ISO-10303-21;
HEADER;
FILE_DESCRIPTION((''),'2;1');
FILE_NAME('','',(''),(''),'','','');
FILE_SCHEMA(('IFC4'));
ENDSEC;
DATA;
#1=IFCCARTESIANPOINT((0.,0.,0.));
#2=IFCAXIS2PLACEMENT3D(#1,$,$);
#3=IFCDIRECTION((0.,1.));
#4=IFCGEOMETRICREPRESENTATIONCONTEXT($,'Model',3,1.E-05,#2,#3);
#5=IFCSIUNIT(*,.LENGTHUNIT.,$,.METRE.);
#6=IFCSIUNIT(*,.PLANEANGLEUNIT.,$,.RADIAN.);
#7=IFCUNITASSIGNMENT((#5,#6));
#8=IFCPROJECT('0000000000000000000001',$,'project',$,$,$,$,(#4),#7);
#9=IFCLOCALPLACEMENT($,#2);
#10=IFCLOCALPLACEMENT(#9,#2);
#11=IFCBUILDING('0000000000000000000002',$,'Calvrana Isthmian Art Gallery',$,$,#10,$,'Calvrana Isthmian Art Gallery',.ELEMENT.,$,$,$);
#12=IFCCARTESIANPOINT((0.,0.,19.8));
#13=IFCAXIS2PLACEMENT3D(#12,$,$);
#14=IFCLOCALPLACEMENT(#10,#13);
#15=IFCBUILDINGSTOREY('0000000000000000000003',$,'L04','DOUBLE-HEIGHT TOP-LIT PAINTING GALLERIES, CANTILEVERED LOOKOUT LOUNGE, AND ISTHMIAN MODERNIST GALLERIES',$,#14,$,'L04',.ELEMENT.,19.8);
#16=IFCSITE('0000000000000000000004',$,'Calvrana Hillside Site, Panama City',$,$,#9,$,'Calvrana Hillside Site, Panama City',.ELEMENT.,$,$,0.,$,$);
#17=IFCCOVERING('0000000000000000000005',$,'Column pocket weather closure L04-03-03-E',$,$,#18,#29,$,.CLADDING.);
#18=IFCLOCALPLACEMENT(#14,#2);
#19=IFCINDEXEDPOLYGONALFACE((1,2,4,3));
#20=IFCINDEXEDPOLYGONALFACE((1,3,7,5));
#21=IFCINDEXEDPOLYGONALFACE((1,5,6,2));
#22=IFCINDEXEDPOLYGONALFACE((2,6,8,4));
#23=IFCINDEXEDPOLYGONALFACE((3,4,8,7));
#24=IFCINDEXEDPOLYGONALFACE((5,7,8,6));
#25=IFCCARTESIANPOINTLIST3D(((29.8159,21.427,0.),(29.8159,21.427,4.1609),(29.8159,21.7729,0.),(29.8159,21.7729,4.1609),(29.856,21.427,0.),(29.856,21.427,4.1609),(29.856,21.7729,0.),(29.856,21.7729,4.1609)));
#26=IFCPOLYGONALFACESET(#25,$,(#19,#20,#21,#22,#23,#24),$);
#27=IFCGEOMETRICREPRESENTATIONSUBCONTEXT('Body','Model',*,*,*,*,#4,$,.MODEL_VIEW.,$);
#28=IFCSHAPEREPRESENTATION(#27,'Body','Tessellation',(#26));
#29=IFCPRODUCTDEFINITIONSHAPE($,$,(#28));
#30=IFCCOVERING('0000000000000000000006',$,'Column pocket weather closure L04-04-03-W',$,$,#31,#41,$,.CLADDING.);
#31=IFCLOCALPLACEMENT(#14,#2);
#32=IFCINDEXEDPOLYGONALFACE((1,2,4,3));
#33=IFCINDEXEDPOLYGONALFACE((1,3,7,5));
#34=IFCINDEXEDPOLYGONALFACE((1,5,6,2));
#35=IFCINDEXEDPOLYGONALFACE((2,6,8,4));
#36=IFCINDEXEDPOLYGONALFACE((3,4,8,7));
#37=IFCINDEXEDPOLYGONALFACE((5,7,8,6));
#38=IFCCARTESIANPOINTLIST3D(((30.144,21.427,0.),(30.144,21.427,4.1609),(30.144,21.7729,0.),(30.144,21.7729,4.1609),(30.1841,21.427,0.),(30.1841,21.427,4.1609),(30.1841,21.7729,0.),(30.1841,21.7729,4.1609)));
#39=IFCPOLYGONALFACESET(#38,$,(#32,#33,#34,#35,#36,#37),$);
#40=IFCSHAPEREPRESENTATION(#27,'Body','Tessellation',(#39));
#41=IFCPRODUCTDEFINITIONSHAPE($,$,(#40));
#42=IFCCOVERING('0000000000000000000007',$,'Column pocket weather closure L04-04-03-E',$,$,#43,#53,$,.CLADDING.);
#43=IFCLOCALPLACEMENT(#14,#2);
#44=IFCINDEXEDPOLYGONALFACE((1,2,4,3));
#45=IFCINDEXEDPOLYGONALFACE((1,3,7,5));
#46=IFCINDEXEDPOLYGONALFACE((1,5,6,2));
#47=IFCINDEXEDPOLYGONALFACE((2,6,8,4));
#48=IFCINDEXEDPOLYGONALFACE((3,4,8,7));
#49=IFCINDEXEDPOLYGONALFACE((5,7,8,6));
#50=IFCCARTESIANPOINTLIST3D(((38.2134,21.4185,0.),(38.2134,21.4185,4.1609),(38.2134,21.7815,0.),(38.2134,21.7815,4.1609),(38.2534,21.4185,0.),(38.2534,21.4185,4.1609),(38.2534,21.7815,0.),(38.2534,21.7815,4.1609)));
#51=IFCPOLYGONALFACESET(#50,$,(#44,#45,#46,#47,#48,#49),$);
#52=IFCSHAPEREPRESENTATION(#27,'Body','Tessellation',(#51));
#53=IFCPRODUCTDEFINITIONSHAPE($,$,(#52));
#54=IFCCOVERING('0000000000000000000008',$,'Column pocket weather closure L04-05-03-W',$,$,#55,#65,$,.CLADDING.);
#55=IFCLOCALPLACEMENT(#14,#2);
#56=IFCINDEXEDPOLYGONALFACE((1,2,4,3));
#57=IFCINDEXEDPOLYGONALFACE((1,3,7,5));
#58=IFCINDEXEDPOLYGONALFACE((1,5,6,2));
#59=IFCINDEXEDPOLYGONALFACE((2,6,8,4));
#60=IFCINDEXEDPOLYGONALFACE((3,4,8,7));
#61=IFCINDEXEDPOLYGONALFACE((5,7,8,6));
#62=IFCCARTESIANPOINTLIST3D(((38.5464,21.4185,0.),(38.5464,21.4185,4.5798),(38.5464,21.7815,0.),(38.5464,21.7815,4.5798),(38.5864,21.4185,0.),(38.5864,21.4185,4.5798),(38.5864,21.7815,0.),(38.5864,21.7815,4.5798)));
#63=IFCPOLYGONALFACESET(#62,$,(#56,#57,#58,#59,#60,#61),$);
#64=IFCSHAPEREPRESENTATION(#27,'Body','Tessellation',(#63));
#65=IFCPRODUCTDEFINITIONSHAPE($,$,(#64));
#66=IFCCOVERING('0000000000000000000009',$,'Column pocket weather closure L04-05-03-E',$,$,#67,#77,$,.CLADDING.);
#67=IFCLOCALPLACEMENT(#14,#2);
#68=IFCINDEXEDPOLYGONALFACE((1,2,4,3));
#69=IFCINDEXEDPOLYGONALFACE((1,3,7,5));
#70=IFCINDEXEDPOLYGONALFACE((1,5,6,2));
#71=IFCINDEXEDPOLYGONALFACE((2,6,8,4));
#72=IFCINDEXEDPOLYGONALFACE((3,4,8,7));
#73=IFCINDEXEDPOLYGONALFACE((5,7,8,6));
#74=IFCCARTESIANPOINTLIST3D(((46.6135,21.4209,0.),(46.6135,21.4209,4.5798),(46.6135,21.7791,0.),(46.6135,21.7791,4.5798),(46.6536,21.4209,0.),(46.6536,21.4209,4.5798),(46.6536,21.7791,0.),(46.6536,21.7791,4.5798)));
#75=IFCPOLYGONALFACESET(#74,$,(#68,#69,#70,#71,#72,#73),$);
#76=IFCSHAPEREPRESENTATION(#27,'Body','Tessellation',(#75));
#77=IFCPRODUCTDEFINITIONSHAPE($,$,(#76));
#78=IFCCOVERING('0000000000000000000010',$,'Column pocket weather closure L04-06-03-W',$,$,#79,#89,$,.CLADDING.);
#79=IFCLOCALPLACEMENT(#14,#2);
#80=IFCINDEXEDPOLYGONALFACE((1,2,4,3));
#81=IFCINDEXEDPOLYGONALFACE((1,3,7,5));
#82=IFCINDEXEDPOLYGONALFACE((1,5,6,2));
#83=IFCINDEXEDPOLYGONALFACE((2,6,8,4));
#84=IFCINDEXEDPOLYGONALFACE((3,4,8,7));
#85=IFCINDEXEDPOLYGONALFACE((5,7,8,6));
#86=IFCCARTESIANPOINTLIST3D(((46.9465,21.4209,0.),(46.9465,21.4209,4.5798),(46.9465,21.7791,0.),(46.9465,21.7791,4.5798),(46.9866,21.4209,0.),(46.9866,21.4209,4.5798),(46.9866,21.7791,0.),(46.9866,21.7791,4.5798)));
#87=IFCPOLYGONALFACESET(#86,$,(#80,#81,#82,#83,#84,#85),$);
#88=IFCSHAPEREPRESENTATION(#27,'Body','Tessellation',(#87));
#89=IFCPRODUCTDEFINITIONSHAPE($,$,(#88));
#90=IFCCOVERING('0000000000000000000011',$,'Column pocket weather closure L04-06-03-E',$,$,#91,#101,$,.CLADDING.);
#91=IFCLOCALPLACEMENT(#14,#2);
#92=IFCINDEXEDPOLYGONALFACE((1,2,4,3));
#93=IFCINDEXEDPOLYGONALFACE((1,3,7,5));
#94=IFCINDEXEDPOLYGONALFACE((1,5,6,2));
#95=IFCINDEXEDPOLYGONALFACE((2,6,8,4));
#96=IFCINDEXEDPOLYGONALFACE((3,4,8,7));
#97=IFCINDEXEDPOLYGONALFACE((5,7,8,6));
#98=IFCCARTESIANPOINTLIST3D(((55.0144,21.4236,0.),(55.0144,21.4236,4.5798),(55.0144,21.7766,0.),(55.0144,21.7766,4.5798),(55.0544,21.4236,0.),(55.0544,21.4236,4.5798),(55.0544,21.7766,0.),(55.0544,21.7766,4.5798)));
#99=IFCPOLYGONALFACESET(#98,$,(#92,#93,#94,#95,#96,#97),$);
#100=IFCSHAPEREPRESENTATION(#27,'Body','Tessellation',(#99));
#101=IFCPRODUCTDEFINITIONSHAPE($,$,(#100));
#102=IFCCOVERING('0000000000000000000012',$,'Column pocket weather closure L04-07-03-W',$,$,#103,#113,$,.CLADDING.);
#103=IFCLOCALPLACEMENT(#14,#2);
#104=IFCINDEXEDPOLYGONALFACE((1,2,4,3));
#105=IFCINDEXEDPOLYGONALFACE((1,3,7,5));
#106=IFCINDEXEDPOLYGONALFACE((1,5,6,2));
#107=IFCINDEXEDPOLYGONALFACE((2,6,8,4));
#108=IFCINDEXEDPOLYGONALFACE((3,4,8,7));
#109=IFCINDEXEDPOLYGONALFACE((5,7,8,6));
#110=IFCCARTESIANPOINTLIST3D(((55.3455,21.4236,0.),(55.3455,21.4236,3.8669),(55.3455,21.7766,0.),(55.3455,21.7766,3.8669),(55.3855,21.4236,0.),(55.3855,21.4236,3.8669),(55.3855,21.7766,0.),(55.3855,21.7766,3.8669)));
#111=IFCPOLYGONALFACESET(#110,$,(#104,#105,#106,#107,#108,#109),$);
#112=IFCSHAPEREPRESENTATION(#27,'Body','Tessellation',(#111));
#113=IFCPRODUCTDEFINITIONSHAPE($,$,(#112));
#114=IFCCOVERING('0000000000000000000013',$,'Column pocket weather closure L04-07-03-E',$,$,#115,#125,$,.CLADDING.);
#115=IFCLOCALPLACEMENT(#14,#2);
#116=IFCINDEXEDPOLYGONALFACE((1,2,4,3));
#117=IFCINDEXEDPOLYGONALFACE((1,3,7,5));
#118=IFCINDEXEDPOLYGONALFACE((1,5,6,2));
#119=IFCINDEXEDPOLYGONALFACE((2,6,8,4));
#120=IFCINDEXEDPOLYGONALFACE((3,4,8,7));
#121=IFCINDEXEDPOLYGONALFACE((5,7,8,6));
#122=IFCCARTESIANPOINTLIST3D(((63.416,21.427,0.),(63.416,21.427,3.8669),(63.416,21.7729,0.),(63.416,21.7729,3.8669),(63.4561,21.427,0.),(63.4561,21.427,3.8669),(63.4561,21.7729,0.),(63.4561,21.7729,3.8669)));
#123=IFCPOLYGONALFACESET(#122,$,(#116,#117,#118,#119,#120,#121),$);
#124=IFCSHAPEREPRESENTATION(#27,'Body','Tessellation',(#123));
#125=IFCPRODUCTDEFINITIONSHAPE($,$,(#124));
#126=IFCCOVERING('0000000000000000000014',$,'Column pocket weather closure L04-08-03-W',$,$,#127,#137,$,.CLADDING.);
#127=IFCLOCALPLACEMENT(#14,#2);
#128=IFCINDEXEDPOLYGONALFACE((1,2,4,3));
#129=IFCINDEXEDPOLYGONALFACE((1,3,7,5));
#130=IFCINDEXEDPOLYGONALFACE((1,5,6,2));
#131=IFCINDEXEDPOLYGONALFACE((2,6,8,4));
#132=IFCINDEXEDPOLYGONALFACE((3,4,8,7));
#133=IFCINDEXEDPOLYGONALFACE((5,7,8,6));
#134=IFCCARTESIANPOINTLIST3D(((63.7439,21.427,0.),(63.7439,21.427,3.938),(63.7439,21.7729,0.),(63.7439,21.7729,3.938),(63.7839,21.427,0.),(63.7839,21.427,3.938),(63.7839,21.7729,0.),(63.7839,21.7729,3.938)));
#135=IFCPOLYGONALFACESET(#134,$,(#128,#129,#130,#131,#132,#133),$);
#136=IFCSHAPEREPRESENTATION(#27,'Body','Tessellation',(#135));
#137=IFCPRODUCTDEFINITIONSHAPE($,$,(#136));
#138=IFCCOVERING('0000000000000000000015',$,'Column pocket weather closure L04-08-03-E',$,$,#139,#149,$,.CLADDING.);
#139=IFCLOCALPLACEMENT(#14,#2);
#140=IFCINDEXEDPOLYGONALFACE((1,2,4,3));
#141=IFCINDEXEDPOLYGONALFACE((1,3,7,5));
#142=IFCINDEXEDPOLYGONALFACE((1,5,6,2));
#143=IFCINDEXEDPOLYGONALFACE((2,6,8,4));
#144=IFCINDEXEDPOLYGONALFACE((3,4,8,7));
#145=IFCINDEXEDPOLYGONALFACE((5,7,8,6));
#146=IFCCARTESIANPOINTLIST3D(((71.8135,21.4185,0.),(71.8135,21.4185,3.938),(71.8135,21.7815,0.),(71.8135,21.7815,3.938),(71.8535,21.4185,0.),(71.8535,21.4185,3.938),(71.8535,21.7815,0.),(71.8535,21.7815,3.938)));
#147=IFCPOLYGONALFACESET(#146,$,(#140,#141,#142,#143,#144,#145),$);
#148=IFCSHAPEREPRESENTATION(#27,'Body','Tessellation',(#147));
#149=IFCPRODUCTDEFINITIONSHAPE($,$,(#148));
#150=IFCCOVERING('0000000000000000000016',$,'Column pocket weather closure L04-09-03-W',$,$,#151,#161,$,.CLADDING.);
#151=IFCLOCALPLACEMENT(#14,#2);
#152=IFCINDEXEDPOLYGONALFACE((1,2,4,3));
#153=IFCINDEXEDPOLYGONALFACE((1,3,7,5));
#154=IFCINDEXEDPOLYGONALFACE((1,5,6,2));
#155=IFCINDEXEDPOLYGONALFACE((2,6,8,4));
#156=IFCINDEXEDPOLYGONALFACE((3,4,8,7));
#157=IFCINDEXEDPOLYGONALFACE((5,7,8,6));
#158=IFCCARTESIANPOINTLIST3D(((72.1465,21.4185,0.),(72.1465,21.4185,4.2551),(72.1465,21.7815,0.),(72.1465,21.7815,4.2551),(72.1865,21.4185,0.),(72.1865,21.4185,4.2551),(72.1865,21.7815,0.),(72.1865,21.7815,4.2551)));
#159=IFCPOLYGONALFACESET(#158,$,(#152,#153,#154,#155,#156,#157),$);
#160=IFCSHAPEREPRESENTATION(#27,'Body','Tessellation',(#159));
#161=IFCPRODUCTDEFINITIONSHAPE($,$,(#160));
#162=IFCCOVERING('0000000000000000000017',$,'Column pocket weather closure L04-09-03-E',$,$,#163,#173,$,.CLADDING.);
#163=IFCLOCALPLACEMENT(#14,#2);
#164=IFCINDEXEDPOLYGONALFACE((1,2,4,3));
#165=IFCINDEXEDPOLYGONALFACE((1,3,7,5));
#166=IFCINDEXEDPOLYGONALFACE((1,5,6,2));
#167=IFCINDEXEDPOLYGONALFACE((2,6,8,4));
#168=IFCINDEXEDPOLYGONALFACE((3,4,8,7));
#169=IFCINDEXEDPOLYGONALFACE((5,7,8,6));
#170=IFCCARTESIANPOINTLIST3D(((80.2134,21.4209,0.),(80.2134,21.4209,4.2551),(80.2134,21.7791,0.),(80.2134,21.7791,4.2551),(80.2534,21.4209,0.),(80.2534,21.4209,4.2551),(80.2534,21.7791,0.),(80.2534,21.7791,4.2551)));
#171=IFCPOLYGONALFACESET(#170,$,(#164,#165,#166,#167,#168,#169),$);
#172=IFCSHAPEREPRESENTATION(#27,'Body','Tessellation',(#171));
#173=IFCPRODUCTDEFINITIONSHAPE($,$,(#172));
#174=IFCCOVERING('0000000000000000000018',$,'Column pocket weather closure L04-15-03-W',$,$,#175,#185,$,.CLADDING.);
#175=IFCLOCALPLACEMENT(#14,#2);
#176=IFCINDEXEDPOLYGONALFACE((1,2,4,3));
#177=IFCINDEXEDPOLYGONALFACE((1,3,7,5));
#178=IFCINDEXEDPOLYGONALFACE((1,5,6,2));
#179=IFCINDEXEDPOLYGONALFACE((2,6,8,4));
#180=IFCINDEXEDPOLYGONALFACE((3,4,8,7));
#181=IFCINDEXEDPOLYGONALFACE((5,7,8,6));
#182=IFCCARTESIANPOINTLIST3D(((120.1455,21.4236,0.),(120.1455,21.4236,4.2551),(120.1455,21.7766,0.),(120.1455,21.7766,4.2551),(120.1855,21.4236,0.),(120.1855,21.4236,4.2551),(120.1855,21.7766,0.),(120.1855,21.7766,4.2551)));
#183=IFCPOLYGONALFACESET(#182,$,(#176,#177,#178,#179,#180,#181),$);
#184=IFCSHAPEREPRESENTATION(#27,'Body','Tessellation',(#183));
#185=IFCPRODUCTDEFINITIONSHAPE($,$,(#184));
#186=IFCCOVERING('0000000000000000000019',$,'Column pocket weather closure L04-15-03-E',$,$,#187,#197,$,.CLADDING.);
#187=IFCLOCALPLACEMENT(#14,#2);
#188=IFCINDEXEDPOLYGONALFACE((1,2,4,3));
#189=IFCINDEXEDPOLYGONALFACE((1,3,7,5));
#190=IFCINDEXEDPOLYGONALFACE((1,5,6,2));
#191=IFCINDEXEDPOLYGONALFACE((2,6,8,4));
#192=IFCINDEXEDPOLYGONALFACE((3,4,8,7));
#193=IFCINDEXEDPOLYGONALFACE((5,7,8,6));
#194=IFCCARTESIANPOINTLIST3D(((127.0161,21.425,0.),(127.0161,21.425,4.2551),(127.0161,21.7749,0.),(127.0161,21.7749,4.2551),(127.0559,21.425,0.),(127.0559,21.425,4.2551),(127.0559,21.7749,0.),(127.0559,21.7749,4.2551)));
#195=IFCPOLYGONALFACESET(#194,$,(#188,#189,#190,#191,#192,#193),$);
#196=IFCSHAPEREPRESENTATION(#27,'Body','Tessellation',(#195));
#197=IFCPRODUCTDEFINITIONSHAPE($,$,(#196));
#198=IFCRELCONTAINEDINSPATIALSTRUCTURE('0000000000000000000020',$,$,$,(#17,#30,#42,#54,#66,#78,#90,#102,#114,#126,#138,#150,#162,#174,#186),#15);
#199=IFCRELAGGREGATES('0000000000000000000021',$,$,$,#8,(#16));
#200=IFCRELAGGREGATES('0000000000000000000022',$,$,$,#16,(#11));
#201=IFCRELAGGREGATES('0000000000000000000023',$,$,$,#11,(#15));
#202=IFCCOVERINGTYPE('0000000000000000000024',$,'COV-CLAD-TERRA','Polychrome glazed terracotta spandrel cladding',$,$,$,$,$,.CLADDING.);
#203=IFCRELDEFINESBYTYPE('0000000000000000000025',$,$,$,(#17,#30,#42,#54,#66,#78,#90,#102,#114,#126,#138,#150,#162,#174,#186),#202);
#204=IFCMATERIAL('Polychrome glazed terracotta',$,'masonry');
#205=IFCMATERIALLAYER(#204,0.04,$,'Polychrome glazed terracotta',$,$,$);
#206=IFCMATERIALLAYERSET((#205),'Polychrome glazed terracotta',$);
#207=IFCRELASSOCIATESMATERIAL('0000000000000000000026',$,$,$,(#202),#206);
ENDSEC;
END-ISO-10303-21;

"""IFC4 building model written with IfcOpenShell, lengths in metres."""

from ifc_helpers import new_model, si_unit, direction, frame, origin, place, context, subcontext, project, spatial, polyline, outline, extrude, material, layer, layer_set, type_object, element, save


model = new_model("IFC4")

# Units and contexts
model_context = context("Model", 3, precision=1e-05, world=origin(), true_north=direction((0.0, 1.0)))
body_context = subcontext(model_context, "Body", "Model", "MODEL_VIEW")
ifc_project = project(units=[si_unit("LENGTHUNIT", "METRE"), si_unit("PLANEANGLEUNIT", "RADIAN")], contexts=[model_context])

# Site, building, storey
site_placement = place(None, origin())
site = spatial("IfcSite", under=ifc_project, at=site_placement, Name="Calvrana Hillside Site, Panama City", LongName="Calvrana Hillside Site, Panama City", CompositionType="ELEMENT", RefElevation=0.0)
building_placement = place(site_placement, origin())
building = spatial("IfcBuilding", under=site, at=building_placement, Name="Calvrana Isthmian Art Gallery", LongName="Calvrana Isthmian Art Gallery", CompositionType="ELEMENT")
storey_placement = place(building_placement, frame((0.0, 0.0, 19.8)))
storey = spatial("IfcBuildingStorey", under=building, at=storey_placement, Name="L04", Description="DOUBLE-HEIGHT TOP-LIT PAINTING GALLERIES, CANTILEVERED LOOKOUT LOUNGE, AND ISTHMIAN MODERNIST GALLERIES", LongName="L04", CompositionType="ELEMENT", Elevation=19.8)

# Coverings
ifc_material_1 = material(Name="Polychrome glazed terracotta", Category="masonry")
ifc_layer_1 = layer(ifc_material_1, 0.04, Name="Polychrome glazed terracotta")
ifc_layer_set_1 = layer_set([ifc_layer_1], Name="Polychrome glazed terracotta")
covering_type = type_object("IfcCoveringType", Name="COV-CLAD-TERRA", Description="Polychrome glazed terracotta spandrel cladding", PredefinedType="CLADDING", material=ifc_layer_set_1)
covering_1_placement = place(storey_placement, origin())
element("IfcCovering", 1, at=covering_1_placement, inside=storey, type_object=covering_type, Name="Column pocket weather closure L04-03-03-E", PredefinedType="CLADDING", context=body_context, shape_type="SweptSolid", body=[
    extrude(outline(polyline([(29.8159, 21.427), (29.856, 21.427), (29.856, 21.7729), (29.8159, 21.7729), (29.8159, 21.427)])), origin(), (0.0, 0.0, 1.0), 4.1609),
])
covering_2_placement = place(storey_placement, origin())
element("IfcCovering", 2, at=covering_2_placement, inside=storey, type_object=covering_type, Name="Column pocket weather closure L04-04-03-W", PredefinedType="CLADDING", context=body_context, shape_type="SweptSolid", body=[
    extrude(outline(polyline([(30.144, 21.427), (30.1841, 21.427), (30.1841, 21.7729), (30.144, 21.7729), (30.144, 21.427)])), origin(), (0.0, 0.0, 1.0), 4.1609),
])
covering_3_placement = place(storey_placement, origin())
element("IfcCovering", 3, at=covering_3_placement, inside=storey, type_object=covering_type, Name="Column pocket weather closure L04-04-03-E", PredefinedType="CLADDING", context=body_context, shape_type="SweptSolid", body=[
    extrude(outline(polyline([(38.2134, 21.4185), (38.2534, 21.4185), (38.2534, 21.7815), (38.2134, 21.7815), (38.2134, 21.4185)])), origin(), (0.0, 0.0, 1.0), 4.1609),
])
covering_4_placement = place(storey_placement, origin())
element("IfcCovering", 4, at=covering_4_placement, inside=storey, type_object=covering_type, Name="Column pocket weather closure L04-05-03-W", PredefinedType="CLADDING", context=body_context, shape_type="SweptSolid", body=[
    extrude(outline(polyline([(38.5464, 21.4185), (38.5864, 21.4185), (38.5864, 21.7815), (38.5464, 21.7815), (38.5464, 21.4185)])), origin(), (0.0, 0.0, 1.0), 4.5798),
])
covering_5_placement = place(storey_placement, origin())
element("IfcCovering", 5, at=covering_5_placement, inside=storey, type_object=covering_type, Name="Column pocket weather closure L04-05-03-E", PredefinedType="CLADDING", context=body_context, shape_type="SweptSolid", body=[
    extrude(outline(polyline([(46.6135, 21.4209), (46.6536, 21.4209), (46.6536, 21.7791), (46.6135, 21.7791), (46.6135, 21.4209)])), origin(), (0.0, 0.0, 1.0), 4.5798),
])
covering_6_placement = place(storey_placement, origin())
element("IfcCovering", 6, at=covering_6_placement, inside=storey, type_object=covering_type, Name="Column pocket weather closure L04-06-03-W", PredefinedType="CLADDING", context=body_context, shape_type="SweptSolid", body=[
    extrude(outline(polyline([(46.9465, 21.4209), (46.9866, 21.4209), (46.9866, 21.7791), (46.9465, 21.7791), (46.9465, 21.4209)])), origin(), (0.0, 0.0, 1.0), 4.5798),
])
covering_7_placement = place(storey_placement, origin())
element("IfcCovering", 7, at=covering_7_placement, inside=storey, type_object=covering_type, Name="Column pocket weather closure L04-06-03-E", PredefinedType="CLADDING", context=body_context, shape_type="SweptSolid", body=[
    extrude(outline(polyline([(55.0144, 21.4236), (55.0544, 21.4236), (55.0544, 21.7766), (55.0144, 21.7766), (55.0144, 21.4236)])), origin(), (0.0, 0.0, 1.0), 4.5798),
])
covering_8_placement = place(storey_placement, origin())
element("IfcCovering", 8, at=covering_8_placement, inside=storey, type_object=covering_type, Name="Column pocket weather closure L04-07-03-W", PredefinedType="CLADDING", context=body_context, shape_type="SweptSolid", body=[
    extrude(outline(polyline([(55.3455, 21.4236), (55.3855, 21.4236), (55.3855, 21.7766), (55.3455, 21.7766), (55.3455, 21.4236)])), origin(), (0.0, 0.0, 1.0), 3.8669),
])
covering_9_placement = place(storey_placement, origin())
element("IfcCovering", 9, at=covering_9_placement, inside=storey, type_object=covering_type, Name="Column pocket weather closure L04-07-03-E", PredefinedType="CLADDING", context=body_context, shape_type="SweptSolid", body=[
    extrude(outline(polyline([(63.416, 21.427), (63.4561, 21.427), (63.4561, 21.7729), (63.416, 21.7729), (63.416, 21.427)])), origin(), (0.0, 0.0, 1.0), 3.8669),
])
covering_10_placement = place(storey_placement, origin())
element("IfcCovering", 10, at=covering_10_placement, inside=storey, type_object=covering_type, Name="Column pocket weather closure L04-08-03-W", PredefinedType="CLADDING", context=body_context, shape_type="SweptSolid", body=[
    extrude(outline(polyline([(63.7439, 21.427), (63.7839, 21.427), (63.7839, 21.7729), (63.7439, 21.7729), (63.7439, 21.427)])), origin(), (0.0, 0.0, 1.0), 3.938),
])
covering_11_placement = place(storey_placement, origin())
element("IfcCovering", 11, at=covering_11_placement, inside=storey, type_object=covering_type, Name="Column pocket weather closure L04-08-03-E", PredefinedType="CLADDING", context=body_context, shape_type="SweptSolid", body=[
    extrude(outline(polyline([(71.8135, 21.4185), (71.8535, 21.4185), (71.8535, 21.7815), (71.8135, 21.7815), (71.8135, 21.4185)])), origin(), (0.0, 0.0, 1.0), 3.938),
])
covering_12_placement = place(storey_placement, origin())
element("IfcCovering", 12, at=covering_12_placement, inside=storey, type_object=covering_type, Name="Column pocket weather closure L04-09-03-W", PredefinedType="CLADDING", context=body_context, shape_type="SweptSolid", body=[
    extrude(outline(polyline([(72.1465, 21.4185), (72.1865, 21.4185), (72.1865, 21.7815), (72.1465, 21.7815), (72.1465, 21.4185)])), origin(), (0.0, 0.0, 1.0), 4.2551),
])
covering_13_placement = place(storey_placement, origin())
element("IfcCovering", 13, at=covering_13_placement, inside=storey, type_object=covering_type, Name="Column pocket weather closure L04-09-03-E", PredefinedType="CLADDING", context=body_context, shape_type="SweptSolid", body=[
    extrude(outline(polyline([(80.2134, 21.4209), (80.2534, 21.4209), (80.2534, 21.7791), (80.2134, 21.7791), (80.2134, 21.4209)])), origin(), (0.0, 0.0, 1.0), 4.2551),
])
covering_14_placement = place(storey_placement, origin())
element("IfcCovering", 14, at=covering_14_placement, inside=storey, type_object=covering_type, Name="Column pocket weather closure L04-15-03-W", PredefinedType="CLADDING", context=body_context, shape_type="SweptSolid", body=[
    extrude(outline(polyline([(120.1455, 21.4236), (120.1855, 21.4236), (120.1855, 21.7766), (120.1455, 21.7766), (120.1455, 21.4236)])), origin(), (0.0, 0.0, 1.0), 4.2551),
])
covering_15_placement = place(storey_placement, origin())
element("IfcCovering", 15, at=covering_15_placement, inside=storey, type_object=covering_type, Name="Column pocket weather closure L04-15-03-E", PredefinedType="CLADDING", context=body_context, shape_type="SweptSolid", body=[
    extrude(outline(polyline([(127.0161, 21.425), (127.0559, 21.425), (127.0559, 21.7749), (127.0161, 21.7749), (127.0161, 21.425)])), origin(), (0.0, 0.0, 1.0), 4.2551),
])

save(model, "model.ifc")
